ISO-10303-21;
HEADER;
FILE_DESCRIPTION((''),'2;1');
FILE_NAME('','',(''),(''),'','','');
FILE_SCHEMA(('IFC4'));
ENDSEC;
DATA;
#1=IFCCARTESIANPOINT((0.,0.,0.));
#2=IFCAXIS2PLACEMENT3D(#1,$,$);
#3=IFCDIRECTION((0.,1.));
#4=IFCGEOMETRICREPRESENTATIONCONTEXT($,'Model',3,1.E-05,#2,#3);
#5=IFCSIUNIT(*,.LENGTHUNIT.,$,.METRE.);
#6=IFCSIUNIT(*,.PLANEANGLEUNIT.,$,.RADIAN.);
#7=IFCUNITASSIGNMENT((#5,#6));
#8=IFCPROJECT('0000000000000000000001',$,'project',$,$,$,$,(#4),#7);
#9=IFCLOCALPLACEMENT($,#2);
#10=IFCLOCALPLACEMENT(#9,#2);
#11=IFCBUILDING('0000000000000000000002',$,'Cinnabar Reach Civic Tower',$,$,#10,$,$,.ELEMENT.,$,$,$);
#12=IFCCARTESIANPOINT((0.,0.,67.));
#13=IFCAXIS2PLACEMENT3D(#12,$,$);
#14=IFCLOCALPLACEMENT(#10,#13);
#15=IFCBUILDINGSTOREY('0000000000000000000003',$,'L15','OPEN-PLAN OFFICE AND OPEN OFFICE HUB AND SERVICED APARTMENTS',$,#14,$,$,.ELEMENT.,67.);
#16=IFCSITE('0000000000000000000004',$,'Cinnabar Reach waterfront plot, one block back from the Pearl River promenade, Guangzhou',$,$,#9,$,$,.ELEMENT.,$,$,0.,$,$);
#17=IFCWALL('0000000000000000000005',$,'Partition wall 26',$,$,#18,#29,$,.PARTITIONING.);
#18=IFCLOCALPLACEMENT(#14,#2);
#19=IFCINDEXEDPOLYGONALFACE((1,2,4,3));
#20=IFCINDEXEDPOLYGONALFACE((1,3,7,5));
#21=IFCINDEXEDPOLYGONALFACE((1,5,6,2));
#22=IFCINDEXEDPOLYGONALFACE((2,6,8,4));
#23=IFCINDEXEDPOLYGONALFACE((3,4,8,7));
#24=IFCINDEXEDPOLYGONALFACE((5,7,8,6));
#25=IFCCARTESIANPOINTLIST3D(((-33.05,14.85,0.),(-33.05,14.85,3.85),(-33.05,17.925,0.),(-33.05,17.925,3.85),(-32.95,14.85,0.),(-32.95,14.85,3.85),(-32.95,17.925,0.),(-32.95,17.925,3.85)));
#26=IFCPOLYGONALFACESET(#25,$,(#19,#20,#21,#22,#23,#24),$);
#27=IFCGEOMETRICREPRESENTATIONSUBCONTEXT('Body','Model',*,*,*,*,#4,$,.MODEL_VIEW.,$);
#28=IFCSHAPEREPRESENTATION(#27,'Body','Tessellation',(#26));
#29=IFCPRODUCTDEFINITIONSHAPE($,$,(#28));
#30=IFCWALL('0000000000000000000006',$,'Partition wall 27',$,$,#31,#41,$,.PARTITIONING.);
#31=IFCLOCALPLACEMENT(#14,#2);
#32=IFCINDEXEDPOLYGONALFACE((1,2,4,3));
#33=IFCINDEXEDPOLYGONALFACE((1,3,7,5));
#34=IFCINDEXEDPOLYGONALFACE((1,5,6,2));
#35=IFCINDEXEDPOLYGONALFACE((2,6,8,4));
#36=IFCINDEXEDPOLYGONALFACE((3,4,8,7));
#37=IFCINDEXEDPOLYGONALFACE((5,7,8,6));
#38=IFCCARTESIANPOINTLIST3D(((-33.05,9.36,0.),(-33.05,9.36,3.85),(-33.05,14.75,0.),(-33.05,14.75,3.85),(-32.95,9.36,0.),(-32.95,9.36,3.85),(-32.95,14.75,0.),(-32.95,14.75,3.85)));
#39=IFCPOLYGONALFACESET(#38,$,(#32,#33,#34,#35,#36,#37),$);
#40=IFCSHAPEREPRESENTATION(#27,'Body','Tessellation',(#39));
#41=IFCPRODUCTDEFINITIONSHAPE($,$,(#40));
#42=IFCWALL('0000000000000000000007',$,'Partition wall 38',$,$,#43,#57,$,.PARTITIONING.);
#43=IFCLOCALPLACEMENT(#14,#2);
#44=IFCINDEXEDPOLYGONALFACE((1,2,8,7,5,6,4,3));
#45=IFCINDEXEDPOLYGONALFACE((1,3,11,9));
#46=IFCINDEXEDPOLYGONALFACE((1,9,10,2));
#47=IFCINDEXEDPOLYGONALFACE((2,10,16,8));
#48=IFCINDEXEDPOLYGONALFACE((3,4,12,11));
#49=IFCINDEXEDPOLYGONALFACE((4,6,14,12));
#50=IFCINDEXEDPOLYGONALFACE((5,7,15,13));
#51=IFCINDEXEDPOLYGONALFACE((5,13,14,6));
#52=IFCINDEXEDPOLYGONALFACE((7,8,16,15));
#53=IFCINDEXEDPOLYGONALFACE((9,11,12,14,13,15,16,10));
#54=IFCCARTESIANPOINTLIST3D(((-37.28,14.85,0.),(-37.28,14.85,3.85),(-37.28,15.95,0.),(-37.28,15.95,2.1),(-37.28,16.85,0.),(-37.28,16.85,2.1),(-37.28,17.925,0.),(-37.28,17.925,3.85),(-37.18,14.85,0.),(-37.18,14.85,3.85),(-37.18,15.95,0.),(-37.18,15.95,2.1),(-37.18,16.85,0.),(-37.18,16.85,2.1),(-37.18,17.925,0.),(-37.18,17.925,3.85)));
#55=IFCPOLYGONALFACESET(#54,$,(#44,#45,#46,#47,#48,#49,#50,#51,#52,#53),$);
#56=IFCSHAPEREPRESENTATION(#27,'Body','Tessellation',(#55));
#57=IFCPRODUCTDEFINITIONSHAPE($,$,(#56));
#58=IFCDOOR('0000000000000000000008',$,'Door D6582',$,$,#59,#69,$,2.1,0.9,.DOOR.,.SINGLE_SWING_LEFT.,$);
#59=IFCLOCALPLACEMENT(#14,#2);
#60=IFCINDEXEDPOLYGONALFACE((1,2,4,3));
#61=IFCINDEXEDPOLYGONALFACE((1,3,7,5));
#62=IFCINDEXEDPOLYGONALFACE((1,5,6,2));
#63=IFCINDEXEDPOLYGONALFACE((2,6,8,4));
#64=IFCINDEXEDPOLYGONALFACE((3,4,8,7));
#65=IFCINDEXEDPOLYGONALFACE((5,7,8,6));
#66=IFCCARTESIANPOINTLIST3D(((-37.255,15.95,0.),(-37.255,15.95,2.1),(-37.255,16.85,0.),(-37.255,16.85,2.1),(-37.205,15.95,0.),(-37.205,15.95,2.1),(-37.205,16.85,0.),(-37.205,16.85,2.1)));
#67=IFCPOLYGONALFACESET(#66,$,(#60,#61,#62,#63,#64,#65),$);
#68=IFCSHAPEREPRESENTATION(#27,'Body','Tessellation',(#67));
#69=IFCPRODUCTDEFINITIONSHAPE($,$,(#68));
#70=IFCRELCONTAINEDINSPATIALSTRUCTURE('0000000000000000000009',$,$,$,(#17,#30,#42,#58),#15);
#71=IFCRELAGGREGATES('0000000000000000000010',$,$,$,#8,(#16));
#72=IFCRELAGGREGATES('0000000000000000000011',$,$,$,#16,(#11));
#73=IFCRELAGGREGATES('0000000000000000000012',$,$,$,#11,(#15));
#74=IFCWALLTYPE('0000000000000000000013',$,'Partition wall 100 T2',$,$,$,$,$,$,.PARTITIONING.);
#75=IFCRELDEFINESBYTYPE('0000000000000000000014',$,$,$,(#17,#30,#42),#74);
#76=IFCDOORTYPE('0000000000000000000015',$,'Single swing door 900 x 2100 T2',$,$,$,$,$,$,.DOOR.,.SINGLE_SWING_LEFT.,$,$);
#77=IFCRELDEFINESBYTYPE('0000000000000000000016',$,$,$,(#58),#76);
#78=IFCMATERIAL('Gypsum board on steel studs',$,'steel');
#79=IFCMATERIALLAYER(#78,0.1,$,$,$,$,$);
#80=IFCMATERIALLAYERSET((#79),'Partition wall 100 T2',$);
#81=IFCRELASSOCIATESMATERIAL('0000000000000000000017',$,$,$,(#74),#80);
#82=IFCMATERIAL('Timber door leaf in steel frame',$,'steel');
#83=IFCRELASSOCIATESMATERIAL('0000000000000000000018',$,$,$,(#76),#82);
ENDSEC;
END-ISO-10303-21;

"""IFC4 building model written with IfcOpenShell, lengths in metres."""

from ifc_helpers import new_model, si_unit, direction, frame, frame_2d, origin, place, context, subcontext, project, spatial, rectangle, extrude, material, layer, layer_set, type_object, element, fill, save


model = new_model("IFC4")

# Units and contexts
model_context = context("Model", 3, precision=1e-05, world=origin(), true_north=direction((0.0, 1.0)))
body_context = subcontext(model_context, "Body", "Model", "MODEL_VIEW")
ifc_project = project(units=[si_unit("LENGTHUNIT", "METRE"), si_unit("PLANEANGLEUNIT", "RADIAN")], contexts=[model_context])

# Site, building, storey
site_placement = place(None, origin())
site = spatial("IfcSite", under=ifc_project, at=site_placement, Name="Cinnabar Reach waterfront plot, one block back from the Pearl River promenade, Guangzhou", CompositionType="ELEMENT", RefElevation=0.0)
building_placement = place(site_placement, origin())
building = spatial("IfcBuilding", under=site, at=building_placement, Name="Cinnabar Reach Civic Tower", CompositionType="ELEMENT")
storey_placement = place(building_placement, frame((0.0, 0.0, 67.0)))
storey = spatial("IfcBuildingStorey", under=building, at=storey_placement, Name="L15", Description="OPEN-PLAN OFFICE AND OPEN OFFICE HUB AND SERVICED APARTMENTS", CompositionType="ELEMENT", Elevation=67.0)

# Walls
ifc_material_1 = material(Name="Gypsum board on steel studs", Category="steel")
ifc_layer_1 = layer(ifc_material_1, 0.1)
ifc_layer_set_1 = layer_set([ifc_layer_1], Name="Partition wall 100 T2")
wall_type_1 = type_object("IfcWallType", Name="Partition wall 100 T2", PredefinedType="PARTITIONING", material=ifc_layer_set_1)
wall_1_placement = place(storey_placement, frame((-33.0, 14.85, 0.0), z_axis=(0.0, 0.0, 1.0), x_axis=(0.0, 1.0, 0.0)))
element("IfcWall", 1, at=wall_1_placement, inside=storey, type_object=wall_type_1, Name="Partition wall 26", PredefinedType="PARTITIONING", context=body_context, shape_type="SweptSolid", body=[
    extrude(rectangle(XDim=3.075, YDim=0.1, at=frame_2d((1.5375, 0.0))), origin(), (0.0, 0.0, 1.0), 3.85),
])
wall_2_placement = place(storey_placement, frame((-33.0, 9.36, 0.0), z_axis=(0.0, 0.0, 1.0), x_axis=(0.0, 1.0, 0.0)))
element("IfcWall", 2, at=wall_2_placement, inside=storey, type_object=wall_type_1, Name="Partition wall 27", PredefinedType="PARTITIONING", context=body_context, shape_type="SweptSolid", body=[
    extrude(rectangle(XDim=5.39, YDim=0.1, at=frame_2d((2.695, 0.0))), origin(), (0.0, 0.0, 1.0), 3.85),
])

# Wall, opening, door
wall_3_placement = place(storey_placement, frame((-37.23, 14.85, 0.0), z_axis=(0.0, 0.0, 1.0), x_axis=(0.0, 1.0, 0.0)))
wall_3 = element("IfcWall", 3, at=wall_3_placement, inside=storey, type_object=wall_type_1, Name="Partition wall 38", PredefinedType="PARTITIONING", context=body_context, shape_type="SweptSolid", body=[
    extrude(rectangle(XDim=3.075, YDim=0.1, at=frame_2d((1.5375, 0.0))), origin(), (0.0, 0.0, 1.0), 3.85),
])
opening_placement = place(wall_3_placement, frame((1.1, 0.0, 0.0)))
opening = element("IfcOpeningElement", 4, at=opening_placement, cuts=wall_3, PredefinedType="OPENING", context=body_context, shape_type="SweptSolid", body=[
    extrude(rectangle(XDim=0.9, YDim=2.1, at=frame_2d((0.45, 1.05))), frame((0.0, 0.06, 0.0), z_axis=(0.0, -1.0, 0.0), x_axis=(1.0, 0.0, 0.0)), (0.0, 0.0, 1.0), 0.12),
])
ifc_material_2 = material(Name="Timber door leaf in steel frame", Category="steel")
door_type = type_object("IfcDoorType", Name="Single swing door 900 x 2100 T2", OperationType="SINGLE_SWING_LEFT", PredefinedType="DOOR", material=ifc_material_2)
door_placement = place(opening_placement, origin())
door = element("IfcDoor", 5, at=door_placement, inside=storey, type_object=door_type, Name="Door D6582", OperationType="SINGLE_SWING_LEFT", OverallHeight=2.1, OverallWidth=0.9, PredefinedType="DOOR", context=body_context, shape_type="SweptSolid", body=[
    extrude(rectangle(XDim=0.9, YDim=2.1, at=frame_2d((0.45, 1.05))), frame((0.0, 0.025, 0.0), z_axis=(0.0, -1.0, 0.0), x_axis=(1.0, 0.0, 0.0)), (0.0, 0.0, 1.0), 0.05),
])
fill(opening, door)

save(model, "model.ifc")
